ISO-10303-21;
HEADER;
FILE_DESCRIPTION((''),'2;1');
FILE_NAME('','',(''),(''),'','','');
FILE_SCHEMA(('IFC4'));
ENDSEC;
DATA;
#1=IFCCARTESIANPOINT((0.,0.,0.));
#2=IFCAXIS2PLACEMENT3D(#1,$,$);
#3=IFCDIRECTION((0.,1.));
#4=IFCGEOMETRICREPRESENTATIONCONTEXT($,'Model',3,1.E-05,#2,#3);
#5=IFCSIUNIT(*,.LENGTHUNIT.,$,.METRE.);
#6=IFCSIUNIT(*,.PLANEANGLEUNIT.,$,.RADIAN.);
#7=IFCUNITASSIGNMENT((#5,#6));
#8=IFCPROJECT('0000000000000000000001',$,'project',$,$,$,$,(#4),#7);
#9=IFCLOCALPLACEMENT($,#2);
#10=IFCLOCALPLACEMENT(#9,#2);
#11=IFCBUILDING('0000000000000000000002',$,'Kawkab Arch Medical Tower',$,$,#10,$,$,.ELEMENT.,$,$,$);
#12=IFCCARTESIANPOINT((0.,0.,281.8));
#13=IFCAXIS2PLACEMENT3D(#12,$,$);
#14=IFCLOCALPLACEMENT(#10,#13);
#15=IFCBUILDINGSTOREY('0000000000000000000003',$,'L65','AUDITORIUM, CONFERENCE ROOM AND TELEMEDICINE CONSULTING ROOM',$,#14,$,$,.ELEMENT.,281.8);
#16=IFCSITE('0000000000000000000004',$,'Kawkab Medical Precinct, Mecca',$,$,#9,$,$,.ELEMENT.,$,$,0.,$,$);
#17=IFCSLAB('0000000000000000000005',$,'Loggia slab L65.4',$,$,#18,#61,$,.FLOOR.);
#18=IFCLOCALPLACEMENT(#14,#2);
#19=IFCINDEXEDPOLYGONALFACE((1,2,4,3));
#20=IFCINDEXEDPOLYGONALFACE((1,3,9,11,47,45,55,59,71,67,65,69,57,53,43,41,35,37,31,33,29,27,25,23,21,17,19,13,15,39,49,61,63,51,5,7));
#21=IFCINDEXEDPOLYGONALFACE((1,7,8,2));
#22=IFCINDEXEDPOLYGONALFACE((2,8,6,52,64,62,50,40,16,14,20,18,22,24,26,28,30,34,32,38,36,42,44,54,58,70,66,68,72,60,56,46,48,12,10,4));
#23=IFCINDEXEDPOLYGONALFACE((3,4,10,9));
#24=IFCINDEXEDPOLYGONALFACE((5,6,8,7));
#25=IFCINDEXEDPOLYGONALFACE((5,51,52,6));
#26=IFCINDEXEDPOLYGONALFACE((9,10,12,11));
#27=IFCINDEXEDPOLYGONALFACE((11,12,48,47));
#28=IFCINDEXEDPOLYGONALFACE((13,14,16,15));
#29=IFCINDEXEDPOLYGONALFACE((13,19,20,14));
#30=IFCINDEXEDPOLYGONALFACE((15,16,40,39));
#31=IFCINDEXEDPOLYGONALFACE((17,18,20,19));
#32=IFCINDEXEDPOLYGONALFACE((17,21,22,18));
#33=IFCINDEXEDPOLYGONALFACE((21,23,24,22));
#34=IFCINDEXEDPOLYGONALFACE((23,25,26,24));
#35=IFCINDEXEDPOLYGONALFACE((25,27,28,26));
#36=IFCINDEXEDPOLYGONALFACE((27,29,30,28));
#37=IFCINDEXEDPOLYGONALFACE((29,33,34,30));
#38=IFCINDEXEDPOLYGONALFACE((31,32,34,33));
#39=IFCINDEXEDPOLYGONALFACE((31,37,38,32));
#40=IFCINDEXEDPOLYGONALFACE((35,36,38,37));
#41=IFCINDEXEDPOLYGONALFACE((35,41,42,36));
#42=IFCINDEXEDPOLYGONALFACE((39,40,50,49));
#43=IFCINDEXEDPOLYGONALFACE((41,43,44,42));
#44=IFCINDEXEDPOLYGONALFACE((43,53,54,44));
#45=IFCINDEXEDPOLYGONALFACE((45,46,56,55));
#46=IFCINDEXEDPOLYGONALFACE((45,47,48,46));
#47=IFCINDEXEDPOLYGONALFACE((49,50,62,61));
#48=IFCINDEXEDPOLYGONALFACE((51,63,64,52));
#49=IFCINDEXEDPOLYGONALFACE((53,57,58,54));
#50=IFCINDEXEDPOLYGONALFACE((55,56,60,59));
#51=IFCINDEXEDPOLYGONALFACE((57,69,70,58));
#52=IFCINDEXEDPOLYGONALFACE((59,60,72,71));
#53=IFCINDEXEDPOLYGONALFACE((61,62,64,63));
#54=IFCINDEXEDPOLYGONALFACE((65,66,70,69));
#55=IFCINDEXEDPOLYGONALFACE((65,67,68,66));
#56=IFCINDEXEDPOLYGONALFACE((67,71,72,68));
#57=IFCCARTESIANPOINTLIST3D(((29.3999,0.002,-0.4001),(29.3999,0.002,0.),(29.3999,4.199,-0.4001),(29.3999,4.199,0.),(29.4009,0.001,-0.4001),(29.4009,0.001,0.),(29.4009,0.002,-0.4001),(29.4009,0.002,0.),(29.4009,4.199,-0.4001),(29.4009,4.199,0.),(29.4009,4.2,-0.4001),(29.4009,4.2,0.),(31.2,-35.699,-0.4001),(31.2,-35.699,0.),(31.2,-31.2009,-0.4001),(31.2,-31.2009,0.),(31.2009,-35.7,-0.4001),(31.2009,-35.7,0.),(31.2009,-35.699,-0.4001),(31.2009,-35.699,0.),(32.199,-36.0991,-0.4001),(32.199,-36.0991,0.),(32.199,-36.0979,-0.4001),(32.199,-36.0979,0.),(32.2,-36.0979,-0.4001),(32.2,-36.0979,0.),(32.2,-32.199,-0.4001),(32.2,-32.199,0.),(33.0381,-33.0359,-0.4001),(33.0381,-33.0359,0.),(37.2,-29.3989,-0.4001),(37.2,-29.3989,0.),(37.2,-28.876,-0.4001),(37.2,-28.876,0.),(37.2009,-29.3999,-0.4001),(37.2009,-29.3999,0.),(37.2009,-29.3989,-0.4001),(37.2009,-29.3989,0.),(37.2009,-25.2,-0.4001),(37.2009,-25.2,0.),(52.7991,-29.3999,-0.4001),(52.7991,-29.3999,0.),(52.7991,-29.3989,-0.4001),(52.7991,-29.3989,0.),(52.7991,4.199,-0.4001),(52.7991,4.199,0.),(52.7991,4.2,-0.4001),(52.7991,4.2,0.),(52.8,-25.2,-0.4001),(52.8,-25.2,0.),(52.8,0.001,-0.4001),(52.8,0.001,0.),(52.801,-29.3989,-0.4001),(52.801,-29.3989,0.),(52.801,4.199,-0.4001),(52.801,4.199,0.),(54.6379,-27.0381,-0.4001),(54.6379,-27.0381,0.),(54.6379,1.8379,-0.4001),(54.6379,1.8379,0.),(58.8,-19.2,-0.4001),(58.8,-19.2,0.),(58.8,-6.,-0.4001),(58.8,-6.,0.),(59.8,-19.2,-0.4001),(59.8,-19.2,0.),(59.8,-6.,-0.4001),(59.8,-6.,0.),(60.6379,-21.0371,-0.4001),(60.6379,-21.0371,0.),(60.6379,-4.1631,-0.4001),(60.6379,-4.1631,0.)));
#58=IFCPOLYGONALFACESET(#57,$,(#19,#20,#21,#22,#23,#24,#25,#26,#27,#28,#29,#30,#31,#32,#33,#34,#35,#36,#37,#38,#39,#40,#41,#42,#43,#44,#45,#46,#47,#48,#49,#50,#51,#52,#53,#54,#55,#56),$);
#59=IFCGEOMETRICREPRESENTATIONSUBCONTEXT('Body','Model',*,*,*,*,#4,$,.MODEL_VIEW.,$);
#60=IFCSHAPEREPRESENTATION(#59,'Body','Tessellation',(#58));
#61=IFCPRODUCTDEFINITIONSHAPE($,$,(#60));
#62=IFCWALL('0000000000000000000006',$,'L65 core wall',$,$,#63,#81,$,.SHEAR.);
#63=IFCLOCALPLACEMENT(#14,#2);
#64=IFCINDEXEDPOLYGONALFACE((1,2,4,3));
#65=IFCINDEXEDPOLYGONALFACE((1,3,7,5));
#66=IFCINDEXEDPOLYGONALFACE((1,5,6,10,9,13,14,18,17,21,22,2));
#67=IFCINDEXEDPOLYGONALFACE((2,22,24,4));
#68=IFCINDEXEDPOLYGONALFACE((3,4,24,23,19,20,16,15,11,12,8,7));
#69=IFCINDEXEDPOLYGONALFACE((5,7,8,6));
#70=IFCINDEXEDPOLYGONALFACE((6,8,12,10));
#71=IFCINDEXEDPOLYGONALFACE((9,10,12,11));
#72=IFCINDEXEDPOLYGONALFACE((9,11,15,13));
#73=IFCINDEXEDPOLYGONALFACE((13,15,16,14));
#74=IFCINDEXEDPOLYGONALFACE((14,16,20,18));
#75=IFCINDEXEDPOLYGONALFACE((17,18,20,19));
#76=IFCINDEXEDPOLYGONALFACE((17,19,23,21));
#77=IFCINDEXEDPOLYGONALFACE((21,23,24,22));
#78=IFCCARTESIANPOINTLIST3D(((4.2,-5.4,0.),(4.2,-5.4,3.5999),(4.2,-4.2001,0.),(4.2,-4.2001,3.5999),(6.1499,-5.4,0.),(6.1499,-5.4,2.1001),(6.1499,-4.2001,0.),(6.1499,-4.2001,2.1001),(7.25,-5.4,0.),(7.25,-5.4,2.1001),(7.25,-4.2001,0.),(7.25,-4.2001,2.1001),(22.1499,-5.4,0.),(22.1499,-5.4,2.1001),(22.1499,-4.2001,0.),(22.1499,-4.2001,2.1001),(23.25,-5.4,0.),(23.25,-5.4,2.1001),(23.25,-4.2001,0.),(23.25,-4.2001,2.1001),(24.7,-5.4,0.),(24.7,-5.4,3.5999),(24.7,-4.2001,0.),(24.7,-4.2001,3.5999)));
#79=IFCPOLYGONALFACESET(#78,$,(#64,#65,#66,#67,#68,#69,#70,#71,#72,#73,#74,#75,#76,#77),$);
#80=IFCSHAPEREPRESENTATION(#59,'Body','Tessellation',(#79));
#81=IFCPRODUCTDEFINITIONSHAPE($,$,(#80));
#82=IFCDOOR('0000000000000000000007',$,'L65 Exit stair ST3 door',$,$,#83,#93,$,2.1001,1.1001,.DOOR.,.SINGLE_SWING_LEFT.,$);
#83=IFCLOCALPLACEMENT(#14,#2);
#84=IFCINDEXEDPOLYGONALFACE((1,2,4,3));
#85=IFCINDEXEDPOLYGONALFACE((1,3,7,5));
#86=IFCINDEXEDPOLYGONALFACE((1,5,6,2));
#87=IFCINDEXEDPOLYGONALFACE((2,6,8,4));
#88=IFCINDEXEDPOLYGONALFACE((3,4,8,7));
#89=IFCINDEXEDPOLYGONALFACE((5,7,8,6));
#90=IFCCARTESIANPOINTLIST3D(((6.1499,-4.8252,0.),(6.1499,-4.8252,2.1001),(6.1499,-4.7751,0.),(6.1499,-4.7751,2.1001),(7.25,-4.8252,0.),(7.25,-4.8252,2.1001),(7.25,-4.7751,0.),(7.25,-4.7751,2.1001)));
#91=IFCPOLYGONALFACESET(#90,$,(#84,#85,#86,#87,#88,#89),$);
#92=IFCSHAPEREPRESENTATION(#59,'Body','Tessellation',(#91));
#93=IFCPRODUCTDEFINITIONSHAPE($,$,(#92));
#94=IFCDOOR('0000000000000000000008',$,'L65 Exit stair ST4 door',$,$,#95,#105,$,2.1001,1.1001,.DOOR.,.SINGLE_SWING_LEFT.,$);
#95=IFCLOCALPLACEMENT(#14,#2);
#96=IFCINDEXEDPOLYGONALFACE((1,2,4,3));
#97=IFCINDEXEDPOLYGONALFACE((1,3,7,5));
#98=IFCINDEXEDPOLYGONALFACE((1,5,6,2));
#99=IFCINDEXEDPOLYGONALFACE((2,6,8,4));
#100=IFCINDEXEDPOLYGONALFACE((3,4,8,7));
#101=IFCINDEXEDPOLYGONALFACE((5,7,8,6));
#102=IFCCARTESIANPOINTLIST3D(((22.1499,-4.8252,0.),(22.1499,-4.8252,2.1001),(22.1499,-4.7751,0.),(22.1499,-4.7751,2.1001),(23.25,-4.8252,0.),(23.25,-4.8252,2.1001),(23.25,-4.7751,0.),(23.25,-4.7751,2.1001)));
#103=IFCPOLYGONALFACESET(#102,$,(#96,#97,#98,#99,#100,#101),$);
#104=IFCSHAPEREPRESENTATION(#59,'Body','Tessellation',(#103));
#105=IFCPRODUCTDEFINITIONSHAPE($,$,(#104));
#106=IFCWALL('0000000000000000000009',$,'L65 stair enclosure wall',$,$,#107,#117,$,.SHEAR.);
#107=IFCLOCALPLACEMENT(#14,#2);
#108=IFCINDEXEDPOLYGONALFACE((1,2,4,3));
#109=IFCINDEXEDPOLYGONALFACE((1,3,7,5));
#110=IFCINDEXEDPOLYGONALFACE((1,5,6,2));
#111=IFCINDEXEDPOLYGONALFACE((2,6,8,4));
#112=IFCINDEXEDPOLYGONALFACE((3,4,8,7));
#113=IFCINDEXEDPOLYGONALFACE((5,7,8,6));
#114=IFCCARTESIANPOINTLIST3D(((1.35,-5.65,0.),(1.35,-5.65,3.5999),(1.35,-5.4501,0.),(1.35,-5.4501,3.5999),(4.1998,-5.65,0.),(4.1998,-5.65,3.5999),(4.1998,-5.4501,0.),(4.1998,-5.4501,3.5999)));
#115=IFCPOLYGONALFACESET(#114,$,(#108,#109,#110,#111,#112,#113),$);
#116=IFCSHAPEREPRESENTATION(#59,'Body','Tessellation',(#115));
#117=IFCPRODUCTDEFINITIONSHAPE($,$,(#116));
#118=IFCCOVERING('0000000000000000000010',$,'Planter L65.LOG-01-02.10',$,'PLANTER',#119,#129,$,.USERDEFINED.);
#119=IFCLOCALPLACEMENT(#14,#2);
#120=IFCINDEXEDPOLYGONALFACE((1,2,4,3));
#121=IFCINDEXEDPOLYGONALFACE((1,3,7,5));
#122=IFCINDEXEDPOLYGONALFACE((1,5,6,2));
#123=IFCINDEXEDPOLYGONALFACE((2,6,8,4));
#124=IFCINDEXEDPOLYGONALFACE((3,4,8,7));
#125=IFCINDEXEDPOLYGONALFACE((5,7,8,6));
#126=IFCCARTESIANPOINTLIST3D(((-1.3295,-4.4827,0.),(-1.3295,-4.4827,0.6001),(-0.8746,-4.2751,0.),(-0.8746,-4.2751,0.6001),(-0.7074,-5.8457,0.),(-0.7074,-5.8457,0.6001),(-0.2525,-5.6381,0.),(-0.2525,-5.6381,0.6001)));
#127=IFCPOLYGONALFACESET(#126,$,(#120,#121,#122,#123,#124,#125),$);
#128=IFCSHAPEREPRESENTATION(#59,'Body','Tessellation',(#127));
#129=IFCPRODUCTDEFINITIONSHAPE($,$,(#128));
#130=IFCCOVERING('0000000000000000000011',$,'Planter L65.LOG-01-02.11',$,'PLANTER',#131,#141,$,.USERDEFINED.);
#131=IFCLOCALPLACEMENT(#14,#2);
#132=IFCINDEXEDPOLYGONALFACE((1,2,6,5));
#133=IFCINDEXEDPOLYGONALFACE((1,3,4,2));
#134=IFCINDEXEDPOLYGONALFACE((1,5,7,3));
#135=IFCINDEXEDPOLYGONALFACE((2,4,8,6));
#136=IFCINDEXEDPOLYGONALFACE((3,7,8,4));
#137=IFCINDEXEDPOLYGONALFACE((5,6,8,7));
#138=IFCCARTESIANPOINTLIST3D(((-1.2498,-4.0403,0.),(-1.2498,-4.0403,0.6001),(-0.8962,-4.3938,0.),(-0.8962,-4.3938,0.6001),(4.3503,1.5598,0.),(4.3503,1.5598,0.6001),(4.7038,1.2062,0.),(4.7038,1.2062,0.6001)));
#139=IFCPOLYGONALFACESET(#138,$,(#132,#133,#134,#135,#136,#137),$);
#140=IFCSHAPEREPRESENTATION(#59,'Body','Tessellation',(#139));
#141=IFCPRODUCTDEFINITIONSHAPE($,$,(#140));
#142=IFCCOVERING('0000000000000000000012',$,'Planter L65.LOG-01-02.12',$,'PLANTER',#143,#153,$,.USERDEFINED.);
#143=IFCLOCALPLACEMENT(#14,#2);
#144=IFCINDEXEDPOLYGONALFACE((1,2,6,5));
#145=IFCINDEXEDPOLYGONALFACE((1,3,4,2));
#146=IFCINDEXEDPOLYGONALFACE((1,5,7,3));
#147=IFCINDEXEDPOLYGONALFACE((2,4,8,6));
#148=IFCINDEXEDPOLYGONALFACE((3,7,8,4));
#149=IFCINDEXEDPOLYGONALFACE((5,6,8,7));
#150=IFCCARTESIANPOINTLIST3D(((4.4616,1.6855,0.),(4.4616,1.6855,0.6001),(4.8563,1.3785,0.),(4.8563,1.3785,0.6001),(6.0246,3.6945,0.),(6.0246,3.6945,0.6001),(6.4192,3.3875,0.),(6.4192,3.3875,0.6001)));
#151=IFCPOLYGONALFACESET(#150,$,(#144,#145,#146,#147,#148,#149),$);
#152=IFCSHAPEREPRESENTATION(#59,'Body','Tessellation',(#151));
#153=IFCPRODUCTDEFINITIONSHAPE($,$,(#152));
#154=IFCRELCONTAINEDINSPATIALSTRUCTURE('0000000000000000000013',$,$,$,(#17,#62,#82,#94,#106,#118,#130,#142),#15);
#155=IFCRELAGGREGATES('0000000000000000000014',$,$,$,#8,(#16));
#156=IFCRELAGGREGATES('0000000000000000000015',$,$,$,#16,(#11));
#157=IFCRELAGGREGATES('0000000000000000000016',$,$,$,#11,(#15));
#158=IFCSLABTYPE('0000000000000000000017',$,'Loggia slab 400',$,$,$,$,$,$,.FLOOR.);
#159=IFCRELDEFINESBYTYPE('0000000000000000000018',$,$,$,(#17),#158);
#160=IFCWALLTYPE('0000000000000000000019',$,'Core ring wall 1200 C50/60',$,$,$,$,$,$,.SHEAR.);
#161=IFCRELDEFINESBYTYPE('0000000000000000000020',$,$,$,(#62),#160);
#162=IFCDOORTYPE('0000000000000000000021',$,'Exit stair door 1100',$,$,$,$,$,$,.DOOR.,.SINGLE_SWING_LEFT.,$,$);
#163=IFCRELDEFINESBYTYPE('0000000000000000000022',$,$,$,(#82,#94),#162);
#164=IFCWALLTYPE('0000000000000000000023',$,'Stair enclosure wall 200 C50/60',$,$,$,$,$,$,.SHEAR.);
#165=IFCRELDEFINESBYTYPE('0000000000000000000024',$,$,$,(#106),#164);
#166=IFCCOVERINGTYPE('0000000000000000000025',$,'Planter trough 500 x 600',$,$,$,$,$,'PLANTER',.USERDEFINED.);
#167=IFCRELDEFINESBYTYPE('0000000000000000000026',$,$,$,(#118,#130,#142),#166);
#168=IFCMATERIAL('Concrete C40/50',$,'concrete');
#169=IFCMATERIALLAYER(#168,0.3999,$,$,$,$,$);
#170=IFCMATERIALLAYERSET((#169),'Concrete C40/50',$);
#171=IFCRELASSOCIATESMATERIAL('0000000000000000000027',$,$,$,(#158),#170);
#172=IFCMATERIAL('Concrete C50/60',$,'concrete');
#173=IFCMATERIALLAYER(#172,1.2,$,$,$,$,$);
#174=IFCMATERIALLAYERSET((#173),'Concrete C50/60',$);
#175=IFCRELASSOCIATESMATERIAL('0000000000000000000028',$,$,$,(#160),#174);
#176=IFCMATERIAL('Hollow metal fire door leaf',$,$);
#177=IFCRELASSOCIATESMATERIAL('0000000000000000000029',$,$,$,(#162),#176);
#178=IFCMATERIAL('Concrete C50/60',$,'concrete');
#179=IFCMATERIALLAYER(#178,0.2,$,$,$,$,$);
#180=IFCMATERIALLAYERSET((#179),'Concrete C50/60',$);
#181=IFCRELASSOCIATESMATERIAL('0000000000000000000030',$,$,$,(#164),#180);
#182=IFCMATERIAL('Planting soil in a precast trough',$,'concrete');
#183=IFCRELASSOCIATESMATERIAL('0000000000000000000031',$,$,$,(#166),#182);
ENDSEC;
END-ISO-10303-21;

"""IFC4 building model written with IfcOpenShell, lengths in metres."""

from ifc_helpers import new_model, si_unit, direction, frame, frame_2d, origin, origin_2d, place, context, subcontext, project, spatial, polyline, rectangle, outline, extrude, material, layer, layer_set, material_profile, profile_set, type_object, element, fill, save


model = new_model("IFC4")

# Units and contexts
model_context = context("Model", 3, precision=1e-05, world=origin(), true_north=direction((0.0, 1.0)))
body_context = subcontext(model_context, "Body", "Model", "MODEL_VIEW")
ifc_project = project(units=[si_unit("LENGTHUNIT", "METRE"), si_unit("PLANEANGLEUNIT", "RADIAN")], contexts=[model_context])

# Site, building, storey
site_placement = place(None, origin())
site = spatial("IfcSite", under=ifc_project, at=site_placement, Name="Kawkab Medical Precinct, Mecca", CompositionType="ELEMENT", RefElevation=0.0)
building_placement = place(site_placement, origin())
building = spatial("IfcBuilding", under=site, at=building_placement, Name="Kawkab Arch Medical Tower", CompositionType="ELEMENT")
storey_placement = place(building_placement, frame((0.0, 0.0, 281.8)))
storey = spatial("IfcBuildingStorey", under=building, at=storey_placement, Name="L65", Description="AUDITORIUM, CONFERENCE ROOM AND TELEMEDICINE CONSULTING ROOM", CompositionType="ELEMENT", Elevation=281.8)

# Slab
ifc_material_1 = material(Name="Concrete C40/50", Category="concrete")
ifc_layer_1 = layer(ifc_material_1, 0.3999)
ifc_layer_set_1 = layer_set([ifc_layer_1], Name="Concrete C40/50")
slab_type_1 = type_object("IfcSlabType", Name="Loggia slab 400", PredefinedType="FLOOR", material=ifc_layer_set_1)
placement_1 = place(storey_placement, frame((0.0, 0.0, -0.4001)))
element("IfcSlab", 1, at=placement_1, inside=storey, type_object=slab_type_1, Name="Loggia slab L65.4", PredefinedType="FLOOR", context=body_context, shape_type="SweptSolid", body=[
    extrude(outline(polyline([(29.4009, 0.001), (29.4009, 0.002), (29.3999, 0.002), (29.3999, 4.199), (29.4009, 4.199), (29.4009, 4.2), (52.7991, 4.2), (52.7991, 4.199), (52.801, 4.199), (54.6379, 1.8379), (60.6379, -4.1631), (59.8, -6.0), (59.8, -19.2), (60.6379, -21.0371), (54.6379, -27.0381), (52.801, -29.3989), (52.7991, -29.3989), (52.7991, -29.3999), (37.2009, -29.3999), (37.2009, -29.3989), (37.2, -29.3989), (37.2, -28.876), (33.0381, -33.0359), (32.2, -32.199), (32.2, -36.0979), (32.199, -36.0979), (32.199, -36.0991), (31.2009, -35.7), (31.2009, -35.699), (31.2, -35.699), (31.2, -31.2009), (37.2009, -25.2), (52.8, -25.2), (58.8, -19.2), (58.8, -6.0), (52.8, 0.001), (29.4009, 0.001)])), origin(), (0.0, 0.0, 1.0), 0.4001),
])

# Wall, openings, doors
ifc_material_2 = material(Name="Concrete C50/60", Category="concrete")
ifc_layer_2 = layer(ifc_material_2, 1.2)
ifc_layer_set_2 = layer_set([ifc_layer_2], Name="Concrete C50/60")
wall_type_1 = type_object("IfcWallType", Name="Core ring wall 1200 C50/60", PredefinedType="SHEAR", material=ifc_layer_set_2)
wall_1_placement = place(storey_placement, frame((4.2, -4.8, 0.0), z_axis=(0.0, 0.0, 1.0), x_axis=(1.0, 0.0, 0.0)))
wall_1 = element("IfcWall", 2, at=wall_1_placement, inside=storey, type_object=wall_type_1, Name="L65 core wall", PredefinedType="SHEAR", context=body_context, shape_type="SweptSolid", body=[
    extrude(rectangle(XDim=20.5, YDim=1.2, at=frame_2d((10.25, 0.0))), origin(), (0.0, 0.0, 1.0), 3.5999),
])
opening_1_placement = place(wall_1_placement, frame((1.95, 0.0, 0.0)))
opening_1 = element("IfcOpeningElement", 3, at=opening_1_placement, cuts=wall_1, PredefinedType="OPENING", context=body_context, shape_type="SweptSolid", body=[
    extrude(rectangle(XDim=1.1001, YDim=2.1001, at=frame_2d((0.55, 1.05))), frame((0.0, 0.6099, 0.0), z_axis=(0.0, -1.0, 0.0), x_axis=(1.0, 0.0, 0.0)), (0.0, 0.0, 1.0), 1.22),
])
opening_2_placement = place(wall_1_placement, frame((17.95, 0.0, 0.0)))
opening_2 = element("IfcOpeningElement", 4, at=opening_2_placement, cuts=wall_1, PredefinedType="OPENING", context=body_context, shape_type="SweptSolid", body=[
    extrude(rectangle(XDim=1.1001, YDim=2.1001, at=frame_2d((0.55, 1.05))), frame((0.0, 0.6099, 0.0), z_axis=(0.0, -1.0, 0.0), x_axis=(1.0, 0.0, 0.0)), (0.0, 0.0, 1.0), 1.22),
])
ifc_material_3 = material(Name="Hollow metal fire door leaf")
door_type = type_object("IfcDoorType", Name="Exit stair door 1100", OperationType="SINGLE_SWING_LEFT", PredefinedType="DOOR", material=ifc_material_3)
door_1_placement = place(opening_1_placement, origin())
door_1 = element("IfcDoor", 5, at=door_1_placement, inside=storey, type_object=door_type, Name="L65 Exit stair ST3 door", OperationType="SINGLE_SWING_LEFT", OverallHeight=2.1001, OverallWidth=1.1001, PredefinedType="DOOR", context=body_context, shape_type="SweptSolid", body=[
    extrude(rectangle(XDim=1.1001, YDim=2.1001, at=frame_2d((0.55, 1.05))), frame((0.0, 0.0249, 0.0), z_axis=(0.0, -1.0, 0.0), x_axis=(1.0, 0.0, 0.0)), (0.0, 0.0, 1.0), 0.05),
])
fill(opening_1, door_1)
door_2_placement = place(opening_2_placement, origin())
door_2 = element("IfcDoor", 6, at=door_2_placement, inside=storey, type_object=door_type, Name="L65 Exit stair ST4 door", OperationType="SINGLE_SWING_LEFT", OverallHeight=2.1001, OverallWidth=1.1001, PredefinedType="DOOR", context=body_context, shape_type="SweptSolid", body=[
    extrude(rectangle(XDim=1.1001, YDim=2.1001, at=frame_2d((0.55, 1.05))), frame((0.0, 0.0249, 0.0), z_axis=(0.0, -1.0, 0.0), x_axis=(1.0, 0.0, 0.0)), (0.0, 0.0, 1.0), 0.05),
])
fill(opening_2, door_2)

# Wall
ifc_material_4 = material(Name="Concrete C50/60", Category="concrete")
ifc_layer_3 = layer(ifc_material_4, 0.2)
ifc_layer_set_3 = layer_set([ifc_layer_3], Name="Concrete C50/60")
wall_type_2 = type_object("IfcWallType", Name="Stair enclosure wall 200 C50/60", PredefinedType="SHEAR", material=ifc_layer_set_3)
wall_2_placement = place(storey_placement, frame((1.3501, -5.55, 0.0), z_axis=(0.0, 0.0, 1.0), x_axis=(1.0, 0.0, 0.0)))
element("IfcWall", 7, at=wall_2_placement, inside=storey, type_object=wall_type_2, Name="L65 stair enclosure wall", PredefinedType="SHEAR", context=body_context, shape_type="SweptSolid", body=[
    extrude(rectangle(XDim=2.8499, YDim=0.2, at=frame_2d((1.4248, 0.0))), origin(), (0.0, 0.0, 1.0), 3.5999),
])

# Coverings
ifc_material_5 = material(Name="Planting soil in a precast trough", Category="concrete")
ifc_material_profile_1 = material_profile(ifc_material_5, rectangle(XDim=0.5, YDim=0.6001, at=origin_2d()), Name="Trough 500x600")
ifc_profile_set_1 = profile_set([ifc_material_profile_1], Name="Planting soil in a precast trough")
covering_type = type_object("IfcCoveringType", Name="Planter trough 500 x 600", ElementType="PLANTER", PredefinedType="USERDEFINED", material=ifc_profile_set_1)
covering_1_placement = place(storey_placement, frame((-0.48, -5.7419, 0.3), z_axis=(-0.41519, 0.909735, 0.0), x_axis=(-0.909735, -0.41519, 0.0)))
element("IfcCovering", 8, at=covering_1_placement, inside=storey, type_object=covering_type, Name="Planter L65.LOG-01-02.10", ObjectType="PLANTER", PredefinedType="USERDEFINED", context=body_context, shape_type="SweptSolid", body=[
    extrude(rectangle(XDim=0.5, YDim=0.6001, at=origin_2d()), origin(), (0.0, 0.0, 1.0), 1.4983),
])
covering_2_placement = place(storey_placement, frame((-1.073, -4.217, 0.3), z_axis=(0.707107, 0.707107, 0.0), x_axis=(-0.707107, 0.707107, 0.0)))
element("IfcCovering", 9, at=covering_2_placement, inside=storey, type_object=covering_type, Name="Planter L65.LOG-01-02.11", ObjectType="PLANTER", PredefinedType="USERDEFINED", context=body_context, shape_type="SweptSolid", body=[
    extrude(rectangle(XDim=0.5, YDim=0.6001, at=origin_2d()), origin(), (0.0, 0.0, 1.0), 7.9197),
])
covering_3_placement = place(storey_placement, frame((4.6589, 1.532, 0.3), z_axis=(0.61404, 0.789275, 0.0), x_axis=(-0.789275, 0.61404, 0.0)))
element("IfcCovering", 10, at=covering_3_placement, inside=storey, type_object=covering_type, Name="Planter L65.LOG-01-02.12", ObjectType="PLANTER", PredefinedType="USERDEFINED", context=body_context, shape_type="SweptSolid", body=[
    extrude(rectangle(XDim=0.5, YDim=0.6001, at=origin_2d()), origin(), (0.0, 0.0, 1.0), 2.5454),
])

save(model, "model.ifc")
